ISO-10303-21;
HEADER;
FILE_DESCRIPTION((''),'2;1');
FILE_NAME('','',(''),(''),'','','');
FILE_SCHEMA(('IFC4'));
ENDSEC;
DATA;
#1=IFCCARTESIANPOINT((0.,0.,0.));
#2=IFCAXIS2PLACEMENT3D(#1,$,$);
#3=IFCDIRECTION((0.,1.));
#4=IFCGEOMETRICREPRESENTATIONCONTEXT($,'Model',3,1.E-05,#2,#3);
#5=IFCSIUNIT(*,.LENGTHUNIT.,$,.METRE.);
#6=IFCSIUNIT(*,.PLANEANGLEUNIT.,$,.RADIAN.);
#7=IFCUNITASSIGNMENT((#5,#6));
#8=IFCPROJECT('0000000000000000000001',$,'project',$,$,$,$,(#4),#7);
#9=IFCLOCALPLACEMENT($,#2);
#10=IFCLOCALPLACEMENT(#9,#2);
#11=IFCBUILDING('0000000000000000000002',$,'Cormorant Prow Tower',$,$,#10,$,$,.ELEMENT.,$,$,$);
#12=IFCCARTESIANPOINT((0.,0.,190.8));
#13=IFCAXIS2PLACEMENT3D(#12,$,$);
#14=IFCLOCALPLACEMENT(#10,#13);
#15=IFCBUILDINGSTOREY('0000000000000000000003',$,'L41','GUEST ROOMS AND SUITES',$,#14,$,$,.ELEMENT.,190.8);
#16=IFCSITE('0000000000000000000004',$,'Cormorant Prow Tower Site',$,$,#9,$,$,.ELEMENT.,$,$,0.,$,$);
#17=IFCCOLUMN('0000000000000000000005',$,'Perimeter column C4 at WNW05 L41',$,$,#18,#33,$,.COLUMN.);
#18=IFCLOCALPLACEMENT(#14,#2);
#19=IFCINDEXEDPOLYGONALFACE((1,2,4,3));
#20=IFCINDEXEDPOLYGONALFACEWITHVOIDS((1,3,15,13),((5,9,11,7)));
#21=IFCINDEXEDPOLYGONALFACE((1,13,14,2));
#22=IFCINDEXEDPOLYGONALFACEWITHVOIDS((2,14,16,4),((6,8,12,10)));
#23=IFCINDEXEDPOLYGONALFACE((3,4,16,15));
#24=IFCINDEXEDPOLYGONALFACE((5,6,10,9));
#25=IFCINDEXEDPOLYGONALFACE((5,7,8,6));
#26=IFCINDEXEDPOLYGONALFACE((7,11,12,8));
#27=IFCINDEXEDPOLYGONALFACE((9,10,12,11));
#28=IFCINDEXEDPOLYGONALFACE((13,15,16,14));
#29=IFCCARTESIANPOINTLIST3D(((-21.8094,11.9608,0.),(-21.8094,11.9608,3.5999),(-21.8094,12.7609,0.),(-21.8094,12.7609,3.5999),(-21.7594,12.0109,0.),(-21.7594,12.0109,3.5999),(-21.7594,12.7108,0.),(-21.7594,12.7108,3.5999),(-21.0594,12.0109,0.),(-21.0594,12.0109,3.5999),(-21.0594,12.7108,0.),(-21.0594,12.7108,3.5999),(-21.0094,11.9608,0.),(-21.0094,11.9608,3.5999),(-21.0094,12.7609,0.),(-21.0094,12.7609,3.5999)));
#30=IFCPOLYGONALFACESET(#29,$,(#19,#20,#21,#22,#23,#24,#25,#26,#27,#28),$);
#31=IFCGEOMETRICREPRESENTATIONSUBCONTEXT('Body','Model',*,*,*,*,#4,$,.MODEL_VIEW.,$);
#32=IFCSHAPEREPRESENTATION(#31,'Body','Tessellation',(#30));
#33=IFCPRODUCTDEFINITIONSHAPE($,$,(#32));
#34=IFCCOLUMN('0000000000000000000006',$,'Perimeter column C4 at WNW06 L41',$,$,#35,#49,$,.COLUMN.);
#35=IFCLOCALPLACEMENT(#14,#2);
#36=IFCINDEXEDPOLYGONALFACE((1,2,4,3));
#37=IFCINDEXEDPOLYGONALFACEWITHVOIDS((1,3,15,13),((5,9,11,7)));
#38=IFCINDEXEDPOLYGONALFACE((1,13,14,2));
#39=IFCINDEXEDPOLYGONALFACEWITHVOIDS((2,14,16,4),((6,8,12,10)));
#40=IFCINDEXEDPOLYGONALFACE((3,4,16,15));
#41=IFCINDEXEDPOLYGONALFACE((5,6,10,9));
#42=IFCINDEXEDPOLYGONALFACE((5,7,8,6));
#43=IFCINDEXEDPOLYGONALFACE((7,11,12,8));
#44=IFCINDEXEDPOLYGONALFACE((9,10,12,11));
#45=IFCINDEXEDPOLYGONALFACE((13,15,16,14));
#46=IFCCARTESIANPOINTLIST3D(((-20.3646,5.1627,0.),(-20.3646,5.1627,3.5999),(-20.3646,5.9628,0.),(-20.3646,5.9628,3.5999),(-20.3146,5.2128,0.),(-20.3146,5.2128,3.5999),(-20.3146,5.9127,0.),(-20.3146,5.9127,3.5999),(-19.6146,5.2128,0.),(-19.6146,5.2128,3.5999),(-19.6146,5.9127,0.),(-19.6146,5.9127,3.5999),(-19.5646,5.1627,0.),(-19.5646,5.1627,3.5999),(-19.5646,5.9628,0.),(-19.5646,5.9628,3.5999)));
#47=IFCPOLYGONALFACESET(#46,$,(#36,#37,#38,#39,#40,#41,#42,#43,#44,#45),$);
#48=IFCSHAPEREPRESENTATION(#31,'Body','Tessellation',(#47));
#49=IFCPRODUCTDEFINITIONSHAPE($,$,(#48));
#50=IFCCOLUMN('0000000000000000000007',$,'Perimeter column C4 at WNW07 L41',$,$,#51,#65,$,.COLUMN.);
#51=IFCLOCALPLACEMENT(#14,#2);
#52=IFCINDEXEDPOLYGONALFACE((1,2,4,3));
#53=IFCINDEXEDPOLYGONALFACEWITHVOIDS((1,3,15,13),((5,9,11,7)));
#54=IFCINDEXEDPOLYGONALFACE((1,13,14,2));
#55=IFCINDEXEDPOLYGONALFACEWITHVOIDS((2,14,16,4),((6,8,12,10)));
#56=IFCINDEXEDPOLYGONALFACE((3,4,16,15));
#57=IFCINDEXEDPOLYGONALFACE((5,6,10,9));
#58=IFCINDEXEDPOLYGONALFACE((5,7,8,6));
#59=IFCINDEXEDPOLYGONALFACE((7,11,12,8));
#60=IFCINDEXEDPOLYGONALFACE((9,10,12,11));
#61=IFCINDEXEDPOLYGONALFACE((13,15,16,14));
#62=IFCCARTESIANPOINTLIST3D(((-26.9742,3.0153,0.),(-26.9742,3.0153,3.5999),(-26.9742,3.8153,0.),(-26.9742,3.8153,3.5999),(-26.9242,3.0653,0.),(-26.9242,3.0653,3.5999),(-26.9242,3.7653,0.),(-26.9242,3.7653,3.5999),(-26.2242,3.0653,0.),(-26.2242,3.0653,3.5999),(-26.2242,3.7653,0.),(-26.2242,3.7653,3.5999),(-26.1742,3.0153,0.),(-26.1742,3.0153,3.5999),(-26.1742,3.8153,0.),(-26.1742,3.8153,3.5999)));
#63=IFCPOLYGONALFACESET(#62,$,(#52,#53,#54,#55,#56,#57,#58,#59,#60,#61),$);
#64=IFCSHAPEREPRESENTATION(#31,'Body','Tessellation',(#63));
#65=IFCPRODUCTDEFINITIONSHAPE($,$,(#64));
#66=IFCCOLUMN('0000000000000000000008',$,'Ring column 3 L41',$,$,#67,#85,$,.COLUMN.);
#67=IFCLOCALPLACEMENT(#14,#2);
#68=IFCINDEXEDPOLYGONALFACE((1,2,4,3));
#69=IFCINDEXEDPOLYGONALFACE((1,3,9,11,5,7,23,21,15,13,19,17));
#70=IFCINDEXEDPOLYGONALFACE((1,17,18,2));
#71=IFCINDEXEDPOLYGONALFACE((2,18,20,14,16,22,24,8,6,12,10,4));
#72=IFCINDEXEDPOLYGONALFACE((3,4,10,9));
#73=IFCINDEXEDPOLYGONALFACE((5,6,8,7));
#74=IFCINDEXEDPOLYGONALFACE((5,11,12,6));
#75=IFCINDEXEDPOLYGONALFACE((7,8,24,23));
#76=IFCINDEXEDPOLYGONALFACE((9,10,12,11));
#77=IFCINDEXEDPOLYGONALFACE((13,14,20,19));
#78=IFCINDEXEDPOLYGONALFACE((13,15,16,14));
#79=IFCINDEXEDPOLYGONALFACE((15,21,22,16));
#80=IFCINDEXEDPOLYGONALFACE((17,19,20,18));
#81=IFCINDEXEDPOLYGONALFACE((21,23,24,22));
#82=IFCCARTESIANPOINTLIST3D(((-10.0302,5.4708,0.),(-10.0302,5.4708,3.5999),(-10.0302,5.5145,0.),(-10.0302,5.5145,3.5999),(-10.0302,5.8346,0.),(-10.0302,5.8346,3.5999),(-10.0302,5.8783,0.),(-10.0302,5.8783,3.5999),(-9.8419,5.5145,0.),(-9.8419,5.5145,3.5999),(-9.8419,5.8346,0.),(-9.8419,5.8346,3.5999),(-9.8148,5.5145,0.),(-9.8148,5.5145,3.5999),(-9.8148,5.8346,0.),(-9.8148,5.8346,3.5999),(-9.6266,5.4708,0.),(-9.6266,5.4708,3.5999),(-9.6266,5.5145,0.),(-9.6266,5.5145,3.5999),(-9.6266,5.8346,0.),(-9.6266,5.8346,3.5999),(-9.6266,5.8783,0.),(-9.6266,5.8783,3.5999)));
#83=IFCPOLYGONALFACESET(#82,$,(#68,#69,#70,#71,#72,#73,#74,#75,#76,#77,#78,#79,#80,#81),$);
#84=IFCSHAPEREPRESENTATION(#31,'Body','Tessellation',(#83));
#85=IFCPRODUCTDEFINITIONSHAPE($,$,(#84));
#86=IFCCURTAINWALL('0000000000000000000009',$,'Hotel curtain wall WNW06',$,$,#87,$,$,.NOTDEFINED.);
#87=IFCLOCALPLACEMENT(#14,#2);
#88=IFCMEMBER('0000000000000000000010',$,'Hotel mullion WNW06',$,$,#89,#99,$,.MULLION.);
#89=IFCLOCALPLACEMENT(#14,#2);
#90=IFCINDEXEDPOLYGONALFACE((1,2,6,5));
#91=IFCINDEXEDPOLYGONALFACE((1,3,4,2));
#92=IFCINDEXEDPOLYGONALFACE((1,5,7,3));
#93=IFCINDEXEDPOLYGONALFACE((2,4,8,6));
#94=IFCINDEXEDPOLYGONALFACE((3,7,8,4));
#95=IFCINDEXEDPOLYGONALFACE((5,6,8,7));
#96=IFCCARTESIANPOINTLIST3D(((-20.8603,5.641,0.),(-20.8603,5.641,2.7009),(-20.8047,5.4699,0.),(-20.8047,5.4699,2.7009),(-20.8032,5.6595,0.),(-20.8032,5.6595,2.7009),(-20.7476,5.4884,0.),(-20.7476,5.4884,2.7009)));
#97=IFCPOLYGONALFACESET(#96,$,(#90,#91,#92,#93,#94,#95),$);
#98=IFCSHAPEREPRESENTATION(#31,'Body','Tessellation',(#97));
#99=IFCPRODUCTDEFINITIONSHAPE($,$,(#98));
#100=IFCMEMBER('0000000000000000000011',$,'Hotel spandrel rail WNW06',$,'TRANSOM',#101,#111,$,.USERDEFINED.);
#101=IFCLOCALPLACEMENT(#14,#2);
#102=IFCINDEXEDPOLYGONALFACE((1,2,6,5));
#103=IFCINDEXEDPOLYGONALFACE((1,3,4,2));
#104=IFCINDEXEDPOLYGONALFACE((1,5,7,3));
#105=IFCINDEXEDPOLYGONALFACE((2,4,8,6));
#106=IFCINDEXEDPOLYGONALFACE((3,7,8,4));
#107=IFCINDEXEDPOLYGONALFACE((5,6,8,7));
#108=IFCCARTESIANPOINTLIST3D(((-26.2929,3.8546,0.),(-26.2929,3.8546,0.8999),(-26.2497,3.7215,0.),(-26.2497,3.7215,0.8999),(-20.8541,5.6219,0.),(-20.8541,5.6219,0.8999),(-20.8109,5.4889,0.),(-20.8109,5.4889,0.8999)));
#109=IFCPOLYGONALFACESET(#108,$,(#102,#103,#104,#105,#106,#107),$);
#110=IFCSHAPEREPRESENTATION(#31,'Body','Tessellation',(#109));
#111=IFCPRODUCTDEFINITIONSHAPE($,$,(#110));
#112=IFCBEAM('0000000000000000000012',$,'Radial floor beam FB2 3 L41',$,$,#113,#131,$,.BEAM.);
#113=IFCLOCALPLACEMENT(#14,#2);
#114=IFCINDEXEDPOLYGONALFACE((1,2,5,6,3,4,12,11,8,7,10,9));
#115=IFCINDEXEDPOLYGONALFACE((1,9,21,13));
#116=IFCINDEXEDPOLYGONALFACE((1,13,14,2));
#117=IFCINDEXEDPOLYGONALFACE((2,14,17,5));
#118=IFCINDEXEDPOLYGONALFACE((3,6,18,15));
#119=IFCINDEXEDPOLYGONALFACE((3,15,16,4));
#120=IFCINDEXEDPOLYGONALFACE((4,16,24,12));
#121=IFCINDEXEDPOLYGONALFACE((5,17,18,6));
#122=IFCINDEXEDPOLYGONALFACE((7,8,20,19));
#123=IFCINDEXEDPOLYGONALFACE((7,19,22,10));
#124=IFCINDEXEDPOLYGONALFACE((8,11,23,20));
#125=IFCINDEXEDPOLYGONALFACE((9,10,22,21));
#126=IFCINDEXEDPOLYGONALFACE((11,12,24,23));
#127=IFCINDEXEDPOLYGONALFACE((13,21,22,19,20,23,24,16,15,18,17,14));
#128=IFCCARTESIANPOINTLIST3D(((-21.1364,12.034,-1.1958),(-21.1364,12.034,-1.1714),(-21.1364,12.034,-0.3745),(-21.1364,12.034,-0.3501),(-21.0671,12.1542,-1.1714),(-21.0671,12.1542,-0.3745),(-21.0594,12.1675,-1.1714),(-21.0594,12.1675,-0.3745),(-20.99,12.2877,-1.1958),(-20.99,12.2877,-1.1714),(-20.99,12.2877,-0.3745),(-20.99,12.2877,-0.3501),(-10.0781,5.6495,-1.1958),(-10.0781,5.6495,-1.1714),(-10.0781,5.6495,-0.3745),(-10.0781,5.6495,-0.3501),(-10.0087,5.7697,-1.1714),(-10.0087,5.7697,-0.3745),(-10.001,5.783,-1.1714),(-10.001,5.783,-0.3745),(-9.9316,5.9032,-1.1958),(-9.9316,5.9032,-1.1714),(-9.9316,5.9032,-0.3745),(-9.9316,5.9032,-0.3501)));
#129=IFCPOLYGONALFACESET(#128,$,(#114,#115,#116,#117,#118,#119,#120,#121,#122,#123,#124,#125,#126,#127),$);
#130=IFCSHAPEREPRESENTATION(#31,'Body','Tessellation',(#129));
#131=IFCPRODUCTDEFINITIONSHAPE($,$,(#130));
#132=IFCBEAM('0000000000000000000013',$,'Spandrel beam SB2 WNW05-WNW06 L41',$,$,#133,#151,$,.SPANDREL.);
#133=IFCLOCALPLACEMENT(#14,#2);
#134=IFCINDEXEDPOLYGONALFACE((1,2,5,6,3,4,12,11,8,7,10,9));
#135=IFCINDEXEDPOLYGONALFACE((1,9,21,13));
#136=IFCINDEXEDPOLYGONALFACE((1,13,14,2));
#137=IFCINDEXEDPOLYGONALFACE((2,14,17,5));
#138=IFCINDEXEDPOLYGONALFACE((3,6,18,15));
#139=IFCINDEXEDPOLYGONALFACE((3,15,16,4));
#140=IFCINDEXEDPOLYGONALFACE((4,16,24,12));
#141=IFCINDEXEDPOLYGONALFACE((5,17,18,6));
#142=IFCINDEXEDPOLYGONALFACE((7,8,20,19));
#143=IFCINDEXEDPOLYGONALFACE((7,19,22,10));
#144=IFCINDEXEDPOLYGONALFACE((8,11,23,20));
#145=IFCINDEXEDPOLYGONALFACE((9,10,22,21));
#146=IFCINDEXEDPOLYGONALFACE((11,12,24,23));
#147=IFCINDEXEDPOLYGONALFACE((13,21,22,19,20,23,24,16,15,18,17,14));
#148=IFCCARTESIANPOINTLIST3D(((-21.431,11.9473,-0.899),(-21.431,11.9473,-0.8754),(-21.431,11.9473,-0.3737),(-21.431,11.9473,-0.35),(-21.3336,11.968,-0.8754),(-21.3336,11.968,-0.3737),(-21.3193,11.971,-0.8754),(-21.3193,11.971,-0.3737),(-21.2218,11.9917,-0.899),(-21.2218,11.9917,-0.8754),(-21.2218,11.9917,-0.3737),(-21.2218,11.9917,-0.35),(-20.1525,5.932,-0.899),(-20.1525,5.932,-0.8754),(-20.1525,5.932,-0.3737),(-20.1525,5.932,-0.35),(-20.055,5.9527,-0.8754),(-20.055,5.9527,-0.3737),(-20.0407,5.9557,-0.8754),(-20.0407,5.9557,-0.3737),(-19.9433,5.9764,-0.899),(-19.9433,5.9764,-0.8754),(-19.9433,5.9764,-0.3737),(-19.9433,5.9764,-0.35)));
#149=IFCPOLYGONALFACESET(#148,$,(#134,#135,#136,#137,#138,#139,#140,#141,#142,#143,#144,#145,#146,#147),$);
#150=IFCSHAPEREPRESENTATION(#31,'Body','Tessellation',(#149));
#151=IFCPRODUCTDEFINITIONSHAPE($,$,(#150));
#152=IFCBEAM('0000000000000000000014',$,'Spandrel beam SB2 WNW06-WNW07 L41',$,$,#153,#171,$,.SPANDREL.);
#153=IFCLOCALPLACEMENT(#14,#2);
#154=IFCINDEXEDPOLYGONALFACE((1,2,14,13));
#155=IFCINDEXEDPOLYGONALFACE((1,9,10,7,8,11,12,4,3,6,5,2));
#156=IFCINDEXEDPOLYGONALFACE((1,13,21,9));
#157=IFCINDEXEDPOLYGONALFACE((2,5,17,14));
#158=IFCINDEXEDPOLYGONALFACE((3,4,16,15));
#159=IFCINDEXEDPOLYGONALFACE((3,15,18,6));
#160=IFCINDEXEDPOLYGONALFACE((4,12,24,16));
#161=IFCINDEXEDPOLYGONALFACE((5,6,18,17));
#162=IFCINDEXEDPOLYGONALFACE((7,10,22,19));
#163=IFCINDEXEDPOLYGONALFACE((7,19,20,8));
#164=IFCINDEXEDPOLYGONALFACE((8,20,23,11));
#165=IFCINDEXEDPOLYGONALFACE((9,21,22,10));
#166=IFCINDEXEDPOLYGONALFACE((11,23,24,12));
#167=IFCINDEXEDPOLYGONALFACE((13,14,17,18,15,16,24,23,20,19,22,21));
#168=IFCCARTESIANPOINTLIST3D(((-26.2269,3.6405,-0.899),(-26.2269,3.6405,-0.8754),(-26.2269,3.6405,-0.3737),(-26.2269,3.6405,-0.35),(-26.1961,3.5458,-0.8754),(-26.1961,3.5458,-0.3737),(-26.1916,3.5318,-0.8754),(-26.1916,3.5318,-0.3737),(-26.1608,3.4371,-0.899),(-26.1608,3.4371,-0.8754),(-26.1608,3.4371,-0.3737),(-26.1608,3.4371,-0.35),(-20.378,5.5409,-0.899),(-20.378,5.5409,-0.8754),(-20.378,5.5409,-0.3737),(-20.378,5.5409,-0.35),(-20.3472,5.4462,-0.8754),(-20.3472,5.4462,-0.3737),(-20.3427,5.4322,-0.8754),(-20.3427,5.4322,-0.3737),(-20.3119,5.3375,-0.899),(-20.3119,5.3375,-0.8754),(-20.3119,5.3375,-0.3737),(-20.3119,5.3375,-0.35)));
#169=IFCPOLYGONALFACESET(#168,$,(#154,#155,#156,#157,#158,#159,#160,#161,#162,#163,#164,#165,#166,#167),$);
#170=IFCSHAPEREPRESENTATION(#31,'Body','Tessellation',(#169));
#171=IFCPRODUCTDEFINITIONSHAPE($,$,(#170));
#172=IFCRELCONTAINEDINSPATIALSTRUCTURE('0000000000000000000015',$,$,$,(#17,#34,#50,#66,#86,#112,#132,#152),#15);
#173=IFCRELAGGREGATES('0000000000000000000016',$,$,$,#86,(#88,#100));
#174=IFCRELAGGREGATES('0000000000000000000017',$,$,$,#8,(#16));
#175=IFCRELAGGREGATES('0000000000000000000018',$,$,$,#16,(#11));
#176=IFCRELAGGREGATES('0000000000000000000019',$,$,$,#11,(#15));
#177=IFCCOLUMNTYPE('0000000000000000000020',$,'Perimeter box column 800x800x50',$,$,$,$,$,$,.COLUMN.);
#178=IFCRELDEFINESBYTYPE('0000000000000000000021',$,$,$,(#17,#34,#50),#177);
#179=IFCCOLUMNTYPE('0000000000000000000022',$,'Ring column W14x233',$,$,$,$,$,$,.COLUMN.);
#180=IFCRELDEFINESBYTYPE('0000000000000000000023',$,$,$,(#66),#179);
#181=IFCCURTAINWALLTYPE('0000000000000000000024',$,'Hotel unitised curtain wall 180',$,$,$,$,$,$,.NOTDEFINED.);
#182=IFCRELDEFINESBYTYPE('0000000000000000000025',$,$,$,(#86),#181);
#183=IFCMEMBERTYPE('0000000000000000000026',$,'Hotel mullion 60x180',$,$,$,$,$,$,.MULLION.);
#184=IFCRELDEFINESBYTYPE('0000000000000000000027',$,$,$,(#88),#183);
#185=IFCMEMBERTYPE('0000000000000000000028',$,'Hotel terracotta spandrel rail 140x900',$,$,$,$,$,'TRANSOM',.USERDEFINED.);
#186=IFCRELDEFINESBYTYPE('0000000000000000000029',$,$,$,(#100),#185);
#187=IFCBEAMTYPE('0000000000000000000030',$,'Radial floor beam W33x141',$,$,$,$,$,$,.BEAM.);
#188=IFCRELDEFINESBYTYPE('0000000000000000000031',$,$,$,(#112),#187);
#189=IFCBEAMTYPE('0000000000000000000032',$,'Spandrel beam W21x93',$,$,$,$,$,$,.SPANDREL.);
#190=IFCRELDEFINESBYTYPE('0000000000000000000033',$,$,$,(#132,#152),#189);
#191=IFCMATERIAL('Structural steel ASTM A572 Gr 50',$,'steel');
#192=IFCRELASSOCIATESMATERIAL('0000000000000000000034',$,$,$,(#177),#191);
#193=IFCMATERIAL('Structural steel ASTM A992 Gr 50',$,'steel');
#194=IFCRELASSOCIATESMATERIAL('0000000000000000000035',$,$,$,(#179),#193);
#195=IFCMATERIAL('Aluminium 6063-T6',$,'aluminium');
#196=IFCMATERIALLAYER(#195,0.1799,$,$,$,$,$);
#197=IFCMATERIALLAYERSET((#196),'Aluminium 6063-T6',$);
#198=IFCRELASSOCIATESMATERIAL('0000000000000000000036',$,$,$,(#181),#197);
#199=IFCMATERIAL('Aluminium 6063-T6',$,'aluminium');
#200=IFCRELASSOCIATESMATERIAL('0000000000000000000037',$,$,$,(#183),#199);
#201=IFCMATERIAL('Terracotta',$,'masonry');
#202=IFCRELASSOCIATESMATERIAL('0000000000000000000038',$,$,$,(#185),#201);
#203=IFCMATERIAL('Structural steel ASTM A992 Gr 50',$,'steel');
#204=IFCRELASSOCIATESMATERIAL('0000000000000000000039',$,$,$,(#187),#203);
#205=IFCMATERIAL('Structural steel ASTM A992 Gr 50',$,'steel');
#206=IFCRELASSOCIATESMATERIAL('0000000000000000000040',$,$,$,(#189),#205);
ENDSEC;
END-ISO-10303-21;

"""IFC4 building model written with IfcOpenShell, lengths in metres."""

from ifc_helpers import new_model, si_unit, direction, frame, origin, origin_2d, place, context, subcontext, project, spatial, rectangle, hollow_rectangle, i_section, extrude, material, layer, layer_set, material_profile, profile_set, type_object, element, aggregate, save


model = new_model("IFC4")

# Units and contexts
model_context = context("Model", 3, precision=1e-05, world=origin(), true_north=direction((0.0, 1.0)))
body_context = subcontext(model_context, "Body", "Model", "MODEL_VIEW")
ifc_project = project(units=[si_unit("LENGTHUNIT", "METRE"), si_unit("PLANEANGLEUNIT", "RADIAN")], contexts=[model_context])

# Site, building, storey
site_placement = place(None, origin())
site = spatial("IfcSite", under=ifc_project, at=site_placement, Name="Cormorant Prow Tower Site", CompositionType="ELEMENT", RefElevation=0.0)
building_placement = place(site_placement, origin())
building = spatial("IfcBuilding", under=site, at=building_placement, Name="Cormorant Prow Tower", CompositionType="ELEMENT")
storey_placement = place(building_placement, frame((0.0, 0.0, 190.8)))
storey = spatial("IfcBuildingStorey", under=building, at=storey_placement, Name="L41", Description="GUEST ROOMS AND SUITES", CompositionType="ELEMENT", Elevation=190.8)

# Columns
ifc_material_1 = material(Name="Structural steel ASTM A572 Gr 50", Category="steel")
ifc_material_profile_1 = material_profile(ifc_material_1, hollow_rectangle(XDim=0.8, YDim=0.8, WallThickness=0.05, at=origin_2d()), Name="Box 800x800x50")
ifc_profile_set_1 = profile_set([ifc_material_profile_1], Name="Structural steel ASTM A572 Gr 50")
column_type_1 = type_object("IfcColumnType", Name="Perimeter box column 800x800x50", PredefinedType="COLUMN", material=ifc_profile_set_1)
for number, where, z_axis, x_axis, name in (
    (1, (-21.4094, 12.3608, 0.0), (0.0, 0.0, 1.0), (1.0, 0.0, 0.0), "Perimeter column C4 at WNW05 L41"),
    (2, (-19.9646, 5.5627, 0.0), (0.0, 0.0, 1.0), (1.0, 0.0, 0.0), "Perimeter column C4 at WNW06 L41"),
    (3, (-26.5742, 3.4153, 0.0), (0.0, 0.0, 1.0), (1.0, 0.0, 0.0), "Perimeter column C4 at WNW07 L41"),
):
    element("IfcColumn", number, at=place(storey_placement, frame(where, z_axis=z_axis, x_axis=x_axis)), inside=storey, type_object=column_type_1, Name=name, PredefinedType="COLUMN", context=body_context, shape_type="SweptSolid", body=[
        extrude(hollow_rectangle(XDim=0.8, YDim=0.8, WallThickness=0.05, at=origin_2d()), origin(), (0.0, 0.0, 1.0), 3.5999),
    ])
ifc_material_2 = material(Name="Structural steel ASTM A992 Gr 50", Category="steel")
ifc_material_profile_2 = material_profile(ifc_material_2, i_section(OverallWidth=0.4036, OverallDepth=0.4075, WebThickness=0.0271, FlangeThickness=0.0437, at=origin_2d()), Name="W14x233")
ifc_profile_set_2 = profile_set([ifc_material_profile_2], Name="Structural steel ASTM A992 Gr 50")
column_type_2 = type_object("IfcColumnType", Name="Ring column W14x233", PredefinedType="COLUMN", material=ifc_profile_set_2)
column_placement = place(storey_placement, frame((-9.8284, 5.6746, 0.0), z_axis=(0.0, 0.0, 1.0), x_axis=(1.0, 0.0, 0.0)))
element("IfcColumn", 4, at=column_placement, inside=storey, type_object=column_type_2, Name="Ring column 3 L41", PredefinedType="COLUMN", context=body_context, shape_type="SweptSolid", body=[
    extrude(i_section(OverallWidth=0.4036, OverallDepth=0.4075, WebThickness=0.0271, FlangeThickness=0.0437, at=origin_2d()), origin(), (0.0, 0.0, 1.0), 3.5999),
])

# Curtain wall, members
ifc_material_3 = material(Name="Aluminium 6063-T6", Category="aluminium")
ifc_layer_1 = layer(ifc_material_3, 0.1799)
ifc_layer_set_1 = layer_set([ifc_layer_1], Name="Aluminium 6063-T6")
curtain_wall_type = type_object("IfcCurtainWallType", Name="Hotel unitised curtain wall 180", PredefinedType="NOTDEFINED", material=ifc_layer_set_1)
curtain_wall_1_placement = place(storey_placement, origin())
curtain_wall_1 = element("IfcCurtainWall", 5, at=curtain_wall_1_placement, inside=storey, type_object=curtain_wall_type, Name="Hotel curtain wall WNW06", PredefinedType="NOTDEFINED")
ifc_material_4 = material(Name="Aluminium 6063-T6", Category="aluminium")
ifc_material_profile_3 = material_profile(ifc_material_4, rectangle(XDim=0.1799, YDim=0.0601, at=origin_2d()), Name="Hotel mullion 60x180")
ifc_profile_set_3 = profile_set([ifc_material_profile_3], Name="Aluminium 6063-T6")
member_type_1 = type_object("IfcMemberType", Name="Hotel mullion 60x180", PredefinedType="MULLION", material=ifc_profile_set_3)
member_1_placement = place(storey_placement, frame((-20.804, 5.5647, 0.0), z_axis=(0.0, 0.0, 1.0), x_axis=(0.309017, -0.951057, 0.0)))
member_1 = element("IfcMember", 6, at=member_1_placement, type_object=member_type_1, Name="Hotel mullion WNW06", PredefinedType="MULLION", context=body_context, shape_type="SweptSolid", body=[
    extrude(rectangle(XDim=0.1799, YDim=0.0601, at=origin_2d()), origin(), (0.0, 0.0, 1.0), 2.7009),
])
ifc_material_5 = material(Name="Terracotta", Category="masonry")
ifc_material_profile_4 = material_profile(ifc_material_5, rectangle(XDim=0.1399, YDim=0.8999, at=origin_2d()), Name="Hotel terracotta spandrel rail 140x900")
ifc_profile_set_4 = profile_set([ifc_material_profile_4], Name="Terracotta")
member_type_2 = type_object("IfcMemberType", Name="Hotel terracotta spandrel rail 140x900", ElementType="TRANSOM", PredefinedType="USERDEFINED", material=ifc_profile_set_4)
member_2_placement = place(storey_placement, frame((-20.8325, 5.5554, 0.45), z_axis=(-0.951047, -0.309046, 0.0), x_axis=(0.309046, -0.951047, 0.0)))
member_2 = element("IfcMember", 7, at=member_2_placement, type_object=member_type_2, Name="Hotel spandrel rail WNW06", ObjectType="TRANSOM", PredefinedType="USERDEFINED", context=body_context, shape_type="SweptSolid", body=[
    extrude(rectangle(XDim=0.1399, YDim=0.8999, at=origin_2d()), origin(), (0.0, 0.0, 1.0), 5.7188),
])

# Beams
ifc_material_6 = material(Name="Structural steel ASTM A992 Gr 50", Category="steel")
ifc_material_profile_5 = material_profile(ifc_material_6, i_section(OverallWidth=0.293, OverallDepth=0.8457, WebThickness=0.0154, FlangeThickness=0.0244, at=origin_2d()), Name="W33x141")
ifc_profile_set_5 = profile_set([ifc_material_profile_5], Name="Structural steel ASTM A992 Gr 50")
beam_type_1 = type_object("IfcBeamType", Name="Radial floor beam W33x141", PredefinedType="BEAM", material=ifc_profile_set_5)
beam_1_placement = place(storey_placement, frame((-10.0049, 5.7764, -0.7729), z_axis=(-0.866026, 0.499999, 0.0), x_axis=(-0.499999, -0.866026, 0.0)))
element("IfcBeam", 8, at=beam_1_placement, inside=storey, type_object=beam_type_1, Name="Radial floor beam FB2 3 L41", PredefinedType="BEAM", context=body_context, shape_type="SweptSolid", body=[
    extrude(i_section(OverallWidth=0.293, OverallDepth=0.8457, WebThickness=0.0154, FlangeThickness=0.0244, at=origin_2d()), origin(), (0.0, 0.0, 1.0), 12.769),
])
ifc_material_7 = material(Name="Structural steel ASTM A992 Gr 50", Category="steel")
ifc_material_profile_6 = material_profile(ifc_material_7, i_section(OverallWidth=0.2139, OverallDepth=0.5491, WebThickness=0.0146, FlangeThickness=0.0237, at=origin_2d()), Name="W21x93")
ifc_profile_set_6 = profile_set([ifc_material_profile_6], Name="Structural steel ASTM A992 Gr 50")
beam_type_2 = type_object("IfcBeamType", Name="Spandrel beam W21x93", PredefinedType="SPANDREL", material=ifc_profile_set_6)
beam_2_placement = place(storey_placement, frame((-21.3264, 11.9695, -0.6245), z_axis=(0.207905, -0.978149, 0.0), x_axis=(0.978149, 0.207905, 0.0)))
element("IfcBeam", 9, at=beam_2_placement, inside=storey, type_object=beam_type_2, Name="Spandrel beam SB2 WNW05-WNW06 L41", PredefinedType="SPANDREL", context=body_context, shape_type="SweptSolid", body=[
    extrude(i_section(OverallWidth=0.2139, OverallDepth=0.5491, WebThickness=0.0146, FlangeThickness=0.0237, at=origin_2d()), origin(), (0.0, 0.0, 1.0), 6.1497),
])
beam_3_placement = place(storey_placement, frame((-20.345, 5.4392, -0.6245), z_axis=(-0.951058, -0.309013, 0.0), x_axis=(0.309013, -0.951058, 0.0)))
element("IfcBeam", 10, at=beam_3_placement, inside=storey, type_object=beam_type_2, Name="Spandrel beam SB2 WNW06-WNW07 L41", PredefinedType="SPANDREL", context=body_context, shape_type="SweptSolid", body=[
    extrude(i_section(OverallWidth=0.2139, OverallDepth=0.5491, WebThickness=0.0146, FlangeThickness=0.0237, at=origin_2d()), origin(), (0.0, 0.0, 1.0), 6.1499),
])

aggregate(curtain_wall_1, [member_1, member_2])

save(model, "model.ifc")
